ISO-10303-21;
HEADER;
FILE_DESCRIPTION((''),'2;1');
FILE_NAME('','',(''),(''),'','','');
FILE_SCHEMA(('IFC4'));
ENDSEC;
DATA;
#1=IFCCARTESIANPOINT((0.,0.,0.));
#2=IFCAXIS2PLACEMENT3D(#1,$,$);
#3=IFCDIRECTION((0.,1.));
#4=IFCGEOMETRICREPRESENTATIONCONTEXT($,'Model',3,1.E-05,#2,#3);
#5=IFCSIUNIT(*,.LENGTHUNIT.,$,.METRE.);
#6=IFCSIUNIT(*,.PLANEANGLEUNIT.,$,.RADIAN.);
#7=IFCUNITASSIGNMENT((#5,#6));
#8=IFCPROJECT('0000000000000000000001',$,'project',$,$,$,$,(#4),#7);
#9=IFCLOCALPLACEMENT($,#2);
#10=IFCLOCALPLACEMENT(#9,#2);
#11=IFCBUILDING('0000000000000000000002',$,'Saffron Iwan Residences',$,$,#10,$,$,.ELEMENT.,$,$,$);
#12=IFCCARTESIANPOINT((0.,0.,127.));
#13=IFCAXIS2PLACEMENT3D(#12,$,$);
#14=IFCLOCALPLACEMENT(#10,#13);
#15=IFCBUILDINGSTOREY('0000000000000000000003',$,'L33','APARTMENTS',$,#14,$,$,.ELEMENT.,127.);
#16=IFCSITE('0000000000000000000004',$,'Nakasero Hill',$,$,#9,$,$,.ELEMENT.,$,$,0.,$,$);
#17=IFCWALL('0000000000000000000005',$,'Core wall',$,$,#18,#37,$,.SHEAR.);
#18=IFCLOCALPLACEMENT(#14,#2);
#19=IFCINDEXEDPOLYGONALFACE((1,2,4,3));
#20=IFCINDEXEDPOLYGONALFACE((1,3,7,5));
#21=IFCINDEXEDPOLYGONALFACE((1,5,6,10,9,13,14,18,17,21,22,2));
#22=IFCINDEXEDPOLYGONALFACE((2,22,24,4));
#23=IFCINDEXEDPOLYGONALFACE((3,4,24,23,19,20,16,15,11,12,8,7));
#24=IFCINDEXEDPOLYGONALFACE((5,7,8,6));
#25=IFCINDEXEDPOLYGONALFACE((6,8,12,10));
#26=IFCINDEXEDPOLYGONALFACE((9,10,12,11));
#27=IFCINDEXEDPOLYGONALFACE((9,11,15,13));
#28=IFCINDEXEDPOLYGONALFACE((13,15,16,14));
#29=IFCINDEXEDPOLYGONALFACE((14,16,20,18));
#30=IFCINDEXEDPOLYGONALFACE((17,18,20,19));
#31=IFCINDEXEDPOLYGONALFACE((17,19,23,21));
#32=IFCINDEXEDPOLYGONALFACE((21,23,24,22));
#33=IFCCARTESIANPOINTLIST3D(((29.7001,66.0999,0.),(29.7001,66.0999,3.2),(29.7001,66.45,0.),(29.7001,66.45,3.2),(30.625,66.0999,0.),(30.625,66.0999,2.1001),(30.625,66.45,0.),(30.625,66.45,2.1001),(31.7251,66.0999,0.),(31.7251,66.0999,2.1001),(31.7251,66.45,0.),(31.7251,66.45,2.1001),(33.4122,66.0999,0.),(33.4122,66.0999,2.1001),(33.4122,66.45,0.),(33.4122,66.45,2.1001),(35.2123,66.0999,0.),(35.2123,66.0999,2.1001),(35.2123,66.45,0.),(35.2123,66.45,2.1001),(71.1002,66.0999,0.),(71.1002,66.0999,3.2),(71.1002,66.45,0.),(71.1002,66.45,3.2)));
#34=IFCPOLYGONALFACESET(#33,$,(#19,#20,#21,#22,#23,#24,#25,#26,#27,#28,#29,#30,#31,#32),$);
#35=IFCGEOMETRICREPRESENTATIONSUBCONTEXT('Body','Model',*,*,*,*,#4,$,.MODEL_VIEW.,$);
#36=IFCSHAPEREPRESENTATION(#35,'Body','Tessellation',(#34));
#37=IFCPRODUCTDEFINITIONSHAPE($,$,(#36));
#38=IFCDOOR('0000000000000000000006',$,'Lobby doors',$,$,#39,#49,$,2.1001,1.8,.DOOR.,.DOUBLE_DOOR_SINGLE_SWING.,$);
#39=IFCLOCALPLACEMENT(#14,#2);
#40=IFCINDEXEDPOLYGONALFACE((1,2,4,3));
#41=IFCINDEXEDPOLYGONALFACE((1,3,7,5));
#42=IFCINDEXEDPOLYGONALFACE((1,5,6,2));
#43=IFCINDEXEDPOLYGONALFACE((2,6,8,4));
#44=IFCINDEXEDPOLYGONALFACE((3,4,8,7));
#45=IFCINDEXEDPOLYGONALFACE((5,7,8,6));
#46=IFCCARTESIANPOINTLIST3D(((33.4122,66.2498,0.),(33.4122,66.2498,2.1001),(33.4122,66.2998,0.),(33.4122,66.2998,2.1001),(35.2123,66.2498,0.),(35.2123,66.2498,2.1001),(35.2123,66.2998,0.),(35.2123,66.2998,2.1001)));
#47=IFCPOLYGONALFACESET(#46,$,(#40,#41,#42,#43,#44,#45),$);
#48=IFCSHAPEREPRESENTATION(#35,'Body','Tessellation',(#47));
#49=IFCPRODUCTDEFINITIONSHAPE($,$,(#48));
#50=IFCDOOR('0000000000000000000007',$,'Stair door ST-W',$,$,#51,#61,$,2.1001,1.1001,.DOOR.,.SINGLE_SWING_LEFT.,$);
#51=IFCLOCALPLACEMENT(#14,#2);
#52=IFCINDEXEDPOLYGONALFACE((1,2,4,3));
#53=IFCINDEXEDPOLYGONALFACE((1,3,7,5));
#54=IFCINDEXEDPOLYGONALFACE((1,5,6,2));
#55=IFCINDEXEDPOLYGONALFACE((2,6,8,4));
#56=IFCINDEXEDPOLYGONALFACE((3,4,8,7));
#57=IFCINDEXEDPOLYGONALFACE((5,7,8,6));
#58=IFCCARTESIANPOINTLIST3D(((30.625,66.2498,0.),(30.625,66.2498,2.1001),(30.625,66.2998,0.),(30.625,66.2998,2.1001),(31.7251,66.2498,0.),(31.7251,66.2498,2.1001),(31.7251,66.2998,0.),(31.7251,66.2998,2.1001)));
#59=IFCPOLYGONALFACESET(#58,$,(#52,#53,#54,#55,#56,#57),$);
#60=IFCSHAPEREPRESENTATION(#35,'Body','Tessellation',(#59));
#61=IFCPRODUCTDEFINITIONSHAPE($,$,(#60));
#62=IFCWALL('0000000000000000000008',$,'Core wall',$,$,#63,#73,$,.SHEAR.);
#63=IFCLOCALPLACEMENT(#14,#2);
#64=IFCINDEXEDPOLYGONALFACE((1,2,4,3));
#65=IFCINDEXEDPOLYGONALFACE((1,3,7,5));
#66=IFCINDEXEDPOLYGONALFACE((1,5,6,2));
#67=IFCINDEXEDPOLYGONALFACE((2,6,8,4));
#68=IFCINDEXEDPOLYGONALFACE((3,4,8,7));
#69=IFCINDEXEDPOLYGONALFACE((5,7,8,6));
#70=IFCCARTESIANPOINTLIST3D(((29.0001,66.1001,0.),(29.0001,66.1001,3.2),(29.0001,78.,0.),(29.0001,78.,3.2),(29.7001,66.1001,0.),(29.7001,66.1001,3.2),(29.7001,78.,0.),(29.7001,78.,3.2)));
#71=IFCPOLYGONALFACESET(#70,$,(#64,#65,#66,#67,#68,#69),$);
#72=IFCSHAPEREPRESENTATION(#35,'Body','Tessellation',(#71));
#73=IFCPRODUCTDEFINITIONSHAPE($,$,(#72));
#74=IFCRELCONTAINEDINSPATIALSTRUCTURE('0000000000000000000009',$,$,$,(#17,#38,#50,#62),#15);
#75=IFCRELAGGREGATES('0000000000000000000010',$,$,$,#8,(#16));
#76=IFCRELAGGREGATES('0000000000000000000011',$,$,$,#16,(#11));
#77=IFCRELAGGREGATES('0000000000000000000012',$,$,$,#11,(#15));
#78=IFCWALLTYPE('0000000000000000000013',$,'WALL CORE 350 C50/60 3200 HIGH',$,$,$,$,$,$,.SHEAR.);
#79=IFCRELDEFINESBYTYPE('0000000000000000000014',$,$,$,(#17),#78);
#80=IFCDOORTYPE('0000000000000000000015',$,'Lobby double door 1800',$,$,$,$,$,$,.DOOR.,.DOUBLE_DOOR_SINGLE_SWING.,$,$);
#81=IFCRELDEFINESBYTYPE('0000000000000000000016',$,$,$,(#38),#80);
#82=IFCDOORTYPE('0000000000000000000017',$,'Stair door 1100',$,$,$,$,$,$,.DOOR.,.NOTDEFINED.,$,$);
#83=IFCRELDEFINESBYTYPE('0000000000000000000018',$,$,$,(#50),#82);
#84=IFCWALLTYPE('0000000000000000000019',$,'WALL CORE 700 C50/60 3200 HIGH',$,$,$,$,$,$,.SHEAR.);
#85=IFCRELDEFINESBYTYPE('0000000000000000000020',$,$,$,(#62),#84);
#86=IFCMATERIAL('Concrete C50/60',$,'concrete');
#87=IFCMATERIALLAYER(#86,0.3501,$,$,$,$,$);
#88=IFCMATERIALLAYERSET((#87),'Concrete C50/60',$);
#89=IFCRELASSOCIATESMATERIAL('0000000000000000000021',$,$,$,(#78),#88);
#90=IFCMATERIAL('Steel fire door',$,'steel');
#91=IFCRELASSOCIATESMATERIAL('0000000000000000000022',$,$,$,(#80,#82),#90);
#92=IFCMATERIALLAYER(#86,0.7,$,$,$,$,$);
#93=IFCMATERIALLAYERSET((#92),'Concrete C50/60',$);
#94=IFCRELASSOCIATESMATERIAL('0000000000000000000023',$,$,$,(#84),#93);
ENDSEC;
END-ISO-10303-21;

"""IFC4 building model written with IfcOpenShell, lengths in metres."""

from ifc_helpers import new_model, si_unit, direction, frame, frame_2d, origin, place, context, subcontext, project, spatial, rectangle, extrude, material, layer, layer_set, type_object, element, fill, save


model = new_model("IFC4")

# Units and contexts
model_context = context("Model", 3, precision=1e-05, world=origin(), true_north=direction((0.0, 1.0)))
body_context = subcontext(model_context, "Body", "Model", "MODEL_VIEW")
ifc_project = project(units=[si_unit("LENGTHUNIT", "METRE"), si_unit("PLANEANGLEUNIT", "RADIAN")], contexts=[model_context])

# Site, building, storey
site_placement = place(None, origin())
site = spatial("IfcSite", under=ifc_project, at=site_placement, Name="Nakasero Hill", CompositionType="ELEMENT", RefElevation=0.0)
building_placement = place(site_placement, origin())
building = spatial("IfcBuilding", under=site, at=building_placement, Name="Saffron Iwan Residences", CompositionType="ELEMENT")
storey_placement = place(building_placement, frame((0.0, 0.0, 127.0)))
storey = spatial("IfcBuildingStorey", under=building, at=storey_placement, Name="L33", Description="APARTMENTS", CompositionType="ELEMENT", Elevation=127.0)

# Shared definitions
ifc_material_1 = material(Name="Concrete C50/60", Category="concrete")

# Wall, openings, doors
ifc_layer_1 = layer(ifc_material_1, 0.3501)
ifc_layer_set_1 = layer_set([ifc_layer_1], Name="Concrete C50/60")
wall_type_1 = type_object("IfcWallType", Name="WALL CORE 350 C50/60 3200 HIGH", PredefinedType="SHEAR", material=ifc_layer_set_1)
wall_1_placement = place(storey_placement, frame((29.7, 66.2749, 0.0), z_axis=(0.0, 0.0, 1.0), x_axis=(1.0, 0.0, 0.0)))
wall_1 = element("IfcWall", 1, at=wall_1_placement, inside=storey, type_object=wall_type_1, Name="Core wall", PredefinedType="SHEAR", context=body_context, shape_type="SweptSolid", body=[
    extrude(rectangle(XDim=41.4001, YDim=0.3501, at=frame_2d((20.7002, 0.0))), origin(), (0.0, 0.0, 1.0), 3.2),
])
opening_1_placement = place(wall_1_placement, frame((0.925, 0.0, 0.0)))
opening_1 = element("IfcOpeningElement", 2, at=opening_1_placement, cuts=wall_1, PredefinedType="OPENING", context=body_context, shape_type="SweptSolid", body=[
    extrude(rectangle(XDim=1.1001, YDim=2.1001, at=frame_2d((0.55, 1.05))), frame((0.0, 0.1851, 0.0), z_axis=(0.0, -1.0, 0.0), x_axis=(1.0, 0.0, 0.0)), (0.0, 0.0, 1.0), 0.3701),
])
opening_2_placement = place(wall_1_placement, frame((3.7124, 0.0, 0.0)))
opening_2 = element("IfcOpeningElement", 3, at=opening_2_placement, cuts=wall_1, PredefinedType="OPENING", context=body_context, shape_type="SweptSolid", body=[
    extrude(rectangle(XDim=1.8, YDim=2.1001, at=frame_2d((0.8999, 1.05))), frame((0.0, 0.1851, 0.0), z_axis=(0.0, -1.0, 0.0), x_axis=(1.0, 0.0, 0.0)), (0.0, 0.0, 1.0), 0.3701),
])
ifc_material_2 = material(Name="Steel fire door", Category="steel")
door_type_1 = type_object("IfcDoorType", Name="Lobby double door 1800", OperationType="DOUBLE_DOOR_SINGLE_SWING", PredefinedType="DOOR", material=ifc_material_2)
door_1_placement = place(opening_2_placement, origin())
door_1 = element("IfcDoor", 4, at=door_1_placement, inside=storey, type_object=door_type_1, Name="Lobby doors", OperationType="DOUBLE_DOOR_SINGLE_SWING", OverallHeight=2.1001, OverallWidth=1.8, PredefinedType="DOOR", context=body_context, shape_type="SweptSolid", body=[
    extrude(rectangle(XDim=1.8, YDim=2.1001, at=frame_2d((0.8999, 1.05))), frame((0.0, 0.0249, 0.0), z_axis=(0.0, -1.0, 0.0), x_axis=(1.0, 0.0, 0.0)), (0.0, 0.0, 1.0), 0.05),
])
fill(opening_2, door_1)
door_type_2 = type_object("IfcDoorType", Name="Stair door 1100", OperationType="NOTDEFINED", PredefinedType="DOOR", material=ifc_material_2)
door_2_placement = place(opening_1_placement, origin())
door_2 = element("IfcDoor", 5, at=door_2_placement, inside=storey, type_object=door_type_2, Name="Stair door ST-W", OperationType="SINGLE_SWING_LEFT", OverallHeight=2.1001, OverallWidth=1.1001, PredefinedType="DOOR", context=body_context, shape_type="SweptSolid", body=[
    extrude(rectangle(XDim=1.1001, YDim=2.1001, at=frame_2d((0.55, 1.05))), frame((0.0, 0.0249, 0.0), z_axis=(0.0, -1.0, 0.0), x_axis=(1.0, 0.0, 0.0)), (0.0, 0.0, 1.0), 0.05),
])
fill(opening_1, door_2)

# Wall
ifc_layer_2 = layer(ifc_material_1, 0.7)
ifc_layer_set_2 = layer_set([ifc_layer_2], Name="Concrete C50/60")
wall_type_2 = type_object("IfcWallType", Name="WALL CORE 700 C50/60 3200 HIGH", PredefinedType="SHEAR", material=ifc_layer_set_2)
wall_2_placement = place(storey_placement, frame((29.3501, 66.1001, 0.0), z_axis=(0.0, 0.0, 1.0), x_axis=(0.0, 1.0, 0.0)))
element("IfcWall", 6, at=wall_2_placement, inside=storey, type_object=wall_type_2, Name="Core wall", PredefinedType="SHEAR", context=body_context, shape_type="SweptSolid", body=[
    extrude(rectangle(XDim=11.8999, YDim=0.7, at=frame_2d((5.95, 0.0))), origin(), (0.0, 0.0, 1.0), 3.2),
])

save(model, "model.ifc")
